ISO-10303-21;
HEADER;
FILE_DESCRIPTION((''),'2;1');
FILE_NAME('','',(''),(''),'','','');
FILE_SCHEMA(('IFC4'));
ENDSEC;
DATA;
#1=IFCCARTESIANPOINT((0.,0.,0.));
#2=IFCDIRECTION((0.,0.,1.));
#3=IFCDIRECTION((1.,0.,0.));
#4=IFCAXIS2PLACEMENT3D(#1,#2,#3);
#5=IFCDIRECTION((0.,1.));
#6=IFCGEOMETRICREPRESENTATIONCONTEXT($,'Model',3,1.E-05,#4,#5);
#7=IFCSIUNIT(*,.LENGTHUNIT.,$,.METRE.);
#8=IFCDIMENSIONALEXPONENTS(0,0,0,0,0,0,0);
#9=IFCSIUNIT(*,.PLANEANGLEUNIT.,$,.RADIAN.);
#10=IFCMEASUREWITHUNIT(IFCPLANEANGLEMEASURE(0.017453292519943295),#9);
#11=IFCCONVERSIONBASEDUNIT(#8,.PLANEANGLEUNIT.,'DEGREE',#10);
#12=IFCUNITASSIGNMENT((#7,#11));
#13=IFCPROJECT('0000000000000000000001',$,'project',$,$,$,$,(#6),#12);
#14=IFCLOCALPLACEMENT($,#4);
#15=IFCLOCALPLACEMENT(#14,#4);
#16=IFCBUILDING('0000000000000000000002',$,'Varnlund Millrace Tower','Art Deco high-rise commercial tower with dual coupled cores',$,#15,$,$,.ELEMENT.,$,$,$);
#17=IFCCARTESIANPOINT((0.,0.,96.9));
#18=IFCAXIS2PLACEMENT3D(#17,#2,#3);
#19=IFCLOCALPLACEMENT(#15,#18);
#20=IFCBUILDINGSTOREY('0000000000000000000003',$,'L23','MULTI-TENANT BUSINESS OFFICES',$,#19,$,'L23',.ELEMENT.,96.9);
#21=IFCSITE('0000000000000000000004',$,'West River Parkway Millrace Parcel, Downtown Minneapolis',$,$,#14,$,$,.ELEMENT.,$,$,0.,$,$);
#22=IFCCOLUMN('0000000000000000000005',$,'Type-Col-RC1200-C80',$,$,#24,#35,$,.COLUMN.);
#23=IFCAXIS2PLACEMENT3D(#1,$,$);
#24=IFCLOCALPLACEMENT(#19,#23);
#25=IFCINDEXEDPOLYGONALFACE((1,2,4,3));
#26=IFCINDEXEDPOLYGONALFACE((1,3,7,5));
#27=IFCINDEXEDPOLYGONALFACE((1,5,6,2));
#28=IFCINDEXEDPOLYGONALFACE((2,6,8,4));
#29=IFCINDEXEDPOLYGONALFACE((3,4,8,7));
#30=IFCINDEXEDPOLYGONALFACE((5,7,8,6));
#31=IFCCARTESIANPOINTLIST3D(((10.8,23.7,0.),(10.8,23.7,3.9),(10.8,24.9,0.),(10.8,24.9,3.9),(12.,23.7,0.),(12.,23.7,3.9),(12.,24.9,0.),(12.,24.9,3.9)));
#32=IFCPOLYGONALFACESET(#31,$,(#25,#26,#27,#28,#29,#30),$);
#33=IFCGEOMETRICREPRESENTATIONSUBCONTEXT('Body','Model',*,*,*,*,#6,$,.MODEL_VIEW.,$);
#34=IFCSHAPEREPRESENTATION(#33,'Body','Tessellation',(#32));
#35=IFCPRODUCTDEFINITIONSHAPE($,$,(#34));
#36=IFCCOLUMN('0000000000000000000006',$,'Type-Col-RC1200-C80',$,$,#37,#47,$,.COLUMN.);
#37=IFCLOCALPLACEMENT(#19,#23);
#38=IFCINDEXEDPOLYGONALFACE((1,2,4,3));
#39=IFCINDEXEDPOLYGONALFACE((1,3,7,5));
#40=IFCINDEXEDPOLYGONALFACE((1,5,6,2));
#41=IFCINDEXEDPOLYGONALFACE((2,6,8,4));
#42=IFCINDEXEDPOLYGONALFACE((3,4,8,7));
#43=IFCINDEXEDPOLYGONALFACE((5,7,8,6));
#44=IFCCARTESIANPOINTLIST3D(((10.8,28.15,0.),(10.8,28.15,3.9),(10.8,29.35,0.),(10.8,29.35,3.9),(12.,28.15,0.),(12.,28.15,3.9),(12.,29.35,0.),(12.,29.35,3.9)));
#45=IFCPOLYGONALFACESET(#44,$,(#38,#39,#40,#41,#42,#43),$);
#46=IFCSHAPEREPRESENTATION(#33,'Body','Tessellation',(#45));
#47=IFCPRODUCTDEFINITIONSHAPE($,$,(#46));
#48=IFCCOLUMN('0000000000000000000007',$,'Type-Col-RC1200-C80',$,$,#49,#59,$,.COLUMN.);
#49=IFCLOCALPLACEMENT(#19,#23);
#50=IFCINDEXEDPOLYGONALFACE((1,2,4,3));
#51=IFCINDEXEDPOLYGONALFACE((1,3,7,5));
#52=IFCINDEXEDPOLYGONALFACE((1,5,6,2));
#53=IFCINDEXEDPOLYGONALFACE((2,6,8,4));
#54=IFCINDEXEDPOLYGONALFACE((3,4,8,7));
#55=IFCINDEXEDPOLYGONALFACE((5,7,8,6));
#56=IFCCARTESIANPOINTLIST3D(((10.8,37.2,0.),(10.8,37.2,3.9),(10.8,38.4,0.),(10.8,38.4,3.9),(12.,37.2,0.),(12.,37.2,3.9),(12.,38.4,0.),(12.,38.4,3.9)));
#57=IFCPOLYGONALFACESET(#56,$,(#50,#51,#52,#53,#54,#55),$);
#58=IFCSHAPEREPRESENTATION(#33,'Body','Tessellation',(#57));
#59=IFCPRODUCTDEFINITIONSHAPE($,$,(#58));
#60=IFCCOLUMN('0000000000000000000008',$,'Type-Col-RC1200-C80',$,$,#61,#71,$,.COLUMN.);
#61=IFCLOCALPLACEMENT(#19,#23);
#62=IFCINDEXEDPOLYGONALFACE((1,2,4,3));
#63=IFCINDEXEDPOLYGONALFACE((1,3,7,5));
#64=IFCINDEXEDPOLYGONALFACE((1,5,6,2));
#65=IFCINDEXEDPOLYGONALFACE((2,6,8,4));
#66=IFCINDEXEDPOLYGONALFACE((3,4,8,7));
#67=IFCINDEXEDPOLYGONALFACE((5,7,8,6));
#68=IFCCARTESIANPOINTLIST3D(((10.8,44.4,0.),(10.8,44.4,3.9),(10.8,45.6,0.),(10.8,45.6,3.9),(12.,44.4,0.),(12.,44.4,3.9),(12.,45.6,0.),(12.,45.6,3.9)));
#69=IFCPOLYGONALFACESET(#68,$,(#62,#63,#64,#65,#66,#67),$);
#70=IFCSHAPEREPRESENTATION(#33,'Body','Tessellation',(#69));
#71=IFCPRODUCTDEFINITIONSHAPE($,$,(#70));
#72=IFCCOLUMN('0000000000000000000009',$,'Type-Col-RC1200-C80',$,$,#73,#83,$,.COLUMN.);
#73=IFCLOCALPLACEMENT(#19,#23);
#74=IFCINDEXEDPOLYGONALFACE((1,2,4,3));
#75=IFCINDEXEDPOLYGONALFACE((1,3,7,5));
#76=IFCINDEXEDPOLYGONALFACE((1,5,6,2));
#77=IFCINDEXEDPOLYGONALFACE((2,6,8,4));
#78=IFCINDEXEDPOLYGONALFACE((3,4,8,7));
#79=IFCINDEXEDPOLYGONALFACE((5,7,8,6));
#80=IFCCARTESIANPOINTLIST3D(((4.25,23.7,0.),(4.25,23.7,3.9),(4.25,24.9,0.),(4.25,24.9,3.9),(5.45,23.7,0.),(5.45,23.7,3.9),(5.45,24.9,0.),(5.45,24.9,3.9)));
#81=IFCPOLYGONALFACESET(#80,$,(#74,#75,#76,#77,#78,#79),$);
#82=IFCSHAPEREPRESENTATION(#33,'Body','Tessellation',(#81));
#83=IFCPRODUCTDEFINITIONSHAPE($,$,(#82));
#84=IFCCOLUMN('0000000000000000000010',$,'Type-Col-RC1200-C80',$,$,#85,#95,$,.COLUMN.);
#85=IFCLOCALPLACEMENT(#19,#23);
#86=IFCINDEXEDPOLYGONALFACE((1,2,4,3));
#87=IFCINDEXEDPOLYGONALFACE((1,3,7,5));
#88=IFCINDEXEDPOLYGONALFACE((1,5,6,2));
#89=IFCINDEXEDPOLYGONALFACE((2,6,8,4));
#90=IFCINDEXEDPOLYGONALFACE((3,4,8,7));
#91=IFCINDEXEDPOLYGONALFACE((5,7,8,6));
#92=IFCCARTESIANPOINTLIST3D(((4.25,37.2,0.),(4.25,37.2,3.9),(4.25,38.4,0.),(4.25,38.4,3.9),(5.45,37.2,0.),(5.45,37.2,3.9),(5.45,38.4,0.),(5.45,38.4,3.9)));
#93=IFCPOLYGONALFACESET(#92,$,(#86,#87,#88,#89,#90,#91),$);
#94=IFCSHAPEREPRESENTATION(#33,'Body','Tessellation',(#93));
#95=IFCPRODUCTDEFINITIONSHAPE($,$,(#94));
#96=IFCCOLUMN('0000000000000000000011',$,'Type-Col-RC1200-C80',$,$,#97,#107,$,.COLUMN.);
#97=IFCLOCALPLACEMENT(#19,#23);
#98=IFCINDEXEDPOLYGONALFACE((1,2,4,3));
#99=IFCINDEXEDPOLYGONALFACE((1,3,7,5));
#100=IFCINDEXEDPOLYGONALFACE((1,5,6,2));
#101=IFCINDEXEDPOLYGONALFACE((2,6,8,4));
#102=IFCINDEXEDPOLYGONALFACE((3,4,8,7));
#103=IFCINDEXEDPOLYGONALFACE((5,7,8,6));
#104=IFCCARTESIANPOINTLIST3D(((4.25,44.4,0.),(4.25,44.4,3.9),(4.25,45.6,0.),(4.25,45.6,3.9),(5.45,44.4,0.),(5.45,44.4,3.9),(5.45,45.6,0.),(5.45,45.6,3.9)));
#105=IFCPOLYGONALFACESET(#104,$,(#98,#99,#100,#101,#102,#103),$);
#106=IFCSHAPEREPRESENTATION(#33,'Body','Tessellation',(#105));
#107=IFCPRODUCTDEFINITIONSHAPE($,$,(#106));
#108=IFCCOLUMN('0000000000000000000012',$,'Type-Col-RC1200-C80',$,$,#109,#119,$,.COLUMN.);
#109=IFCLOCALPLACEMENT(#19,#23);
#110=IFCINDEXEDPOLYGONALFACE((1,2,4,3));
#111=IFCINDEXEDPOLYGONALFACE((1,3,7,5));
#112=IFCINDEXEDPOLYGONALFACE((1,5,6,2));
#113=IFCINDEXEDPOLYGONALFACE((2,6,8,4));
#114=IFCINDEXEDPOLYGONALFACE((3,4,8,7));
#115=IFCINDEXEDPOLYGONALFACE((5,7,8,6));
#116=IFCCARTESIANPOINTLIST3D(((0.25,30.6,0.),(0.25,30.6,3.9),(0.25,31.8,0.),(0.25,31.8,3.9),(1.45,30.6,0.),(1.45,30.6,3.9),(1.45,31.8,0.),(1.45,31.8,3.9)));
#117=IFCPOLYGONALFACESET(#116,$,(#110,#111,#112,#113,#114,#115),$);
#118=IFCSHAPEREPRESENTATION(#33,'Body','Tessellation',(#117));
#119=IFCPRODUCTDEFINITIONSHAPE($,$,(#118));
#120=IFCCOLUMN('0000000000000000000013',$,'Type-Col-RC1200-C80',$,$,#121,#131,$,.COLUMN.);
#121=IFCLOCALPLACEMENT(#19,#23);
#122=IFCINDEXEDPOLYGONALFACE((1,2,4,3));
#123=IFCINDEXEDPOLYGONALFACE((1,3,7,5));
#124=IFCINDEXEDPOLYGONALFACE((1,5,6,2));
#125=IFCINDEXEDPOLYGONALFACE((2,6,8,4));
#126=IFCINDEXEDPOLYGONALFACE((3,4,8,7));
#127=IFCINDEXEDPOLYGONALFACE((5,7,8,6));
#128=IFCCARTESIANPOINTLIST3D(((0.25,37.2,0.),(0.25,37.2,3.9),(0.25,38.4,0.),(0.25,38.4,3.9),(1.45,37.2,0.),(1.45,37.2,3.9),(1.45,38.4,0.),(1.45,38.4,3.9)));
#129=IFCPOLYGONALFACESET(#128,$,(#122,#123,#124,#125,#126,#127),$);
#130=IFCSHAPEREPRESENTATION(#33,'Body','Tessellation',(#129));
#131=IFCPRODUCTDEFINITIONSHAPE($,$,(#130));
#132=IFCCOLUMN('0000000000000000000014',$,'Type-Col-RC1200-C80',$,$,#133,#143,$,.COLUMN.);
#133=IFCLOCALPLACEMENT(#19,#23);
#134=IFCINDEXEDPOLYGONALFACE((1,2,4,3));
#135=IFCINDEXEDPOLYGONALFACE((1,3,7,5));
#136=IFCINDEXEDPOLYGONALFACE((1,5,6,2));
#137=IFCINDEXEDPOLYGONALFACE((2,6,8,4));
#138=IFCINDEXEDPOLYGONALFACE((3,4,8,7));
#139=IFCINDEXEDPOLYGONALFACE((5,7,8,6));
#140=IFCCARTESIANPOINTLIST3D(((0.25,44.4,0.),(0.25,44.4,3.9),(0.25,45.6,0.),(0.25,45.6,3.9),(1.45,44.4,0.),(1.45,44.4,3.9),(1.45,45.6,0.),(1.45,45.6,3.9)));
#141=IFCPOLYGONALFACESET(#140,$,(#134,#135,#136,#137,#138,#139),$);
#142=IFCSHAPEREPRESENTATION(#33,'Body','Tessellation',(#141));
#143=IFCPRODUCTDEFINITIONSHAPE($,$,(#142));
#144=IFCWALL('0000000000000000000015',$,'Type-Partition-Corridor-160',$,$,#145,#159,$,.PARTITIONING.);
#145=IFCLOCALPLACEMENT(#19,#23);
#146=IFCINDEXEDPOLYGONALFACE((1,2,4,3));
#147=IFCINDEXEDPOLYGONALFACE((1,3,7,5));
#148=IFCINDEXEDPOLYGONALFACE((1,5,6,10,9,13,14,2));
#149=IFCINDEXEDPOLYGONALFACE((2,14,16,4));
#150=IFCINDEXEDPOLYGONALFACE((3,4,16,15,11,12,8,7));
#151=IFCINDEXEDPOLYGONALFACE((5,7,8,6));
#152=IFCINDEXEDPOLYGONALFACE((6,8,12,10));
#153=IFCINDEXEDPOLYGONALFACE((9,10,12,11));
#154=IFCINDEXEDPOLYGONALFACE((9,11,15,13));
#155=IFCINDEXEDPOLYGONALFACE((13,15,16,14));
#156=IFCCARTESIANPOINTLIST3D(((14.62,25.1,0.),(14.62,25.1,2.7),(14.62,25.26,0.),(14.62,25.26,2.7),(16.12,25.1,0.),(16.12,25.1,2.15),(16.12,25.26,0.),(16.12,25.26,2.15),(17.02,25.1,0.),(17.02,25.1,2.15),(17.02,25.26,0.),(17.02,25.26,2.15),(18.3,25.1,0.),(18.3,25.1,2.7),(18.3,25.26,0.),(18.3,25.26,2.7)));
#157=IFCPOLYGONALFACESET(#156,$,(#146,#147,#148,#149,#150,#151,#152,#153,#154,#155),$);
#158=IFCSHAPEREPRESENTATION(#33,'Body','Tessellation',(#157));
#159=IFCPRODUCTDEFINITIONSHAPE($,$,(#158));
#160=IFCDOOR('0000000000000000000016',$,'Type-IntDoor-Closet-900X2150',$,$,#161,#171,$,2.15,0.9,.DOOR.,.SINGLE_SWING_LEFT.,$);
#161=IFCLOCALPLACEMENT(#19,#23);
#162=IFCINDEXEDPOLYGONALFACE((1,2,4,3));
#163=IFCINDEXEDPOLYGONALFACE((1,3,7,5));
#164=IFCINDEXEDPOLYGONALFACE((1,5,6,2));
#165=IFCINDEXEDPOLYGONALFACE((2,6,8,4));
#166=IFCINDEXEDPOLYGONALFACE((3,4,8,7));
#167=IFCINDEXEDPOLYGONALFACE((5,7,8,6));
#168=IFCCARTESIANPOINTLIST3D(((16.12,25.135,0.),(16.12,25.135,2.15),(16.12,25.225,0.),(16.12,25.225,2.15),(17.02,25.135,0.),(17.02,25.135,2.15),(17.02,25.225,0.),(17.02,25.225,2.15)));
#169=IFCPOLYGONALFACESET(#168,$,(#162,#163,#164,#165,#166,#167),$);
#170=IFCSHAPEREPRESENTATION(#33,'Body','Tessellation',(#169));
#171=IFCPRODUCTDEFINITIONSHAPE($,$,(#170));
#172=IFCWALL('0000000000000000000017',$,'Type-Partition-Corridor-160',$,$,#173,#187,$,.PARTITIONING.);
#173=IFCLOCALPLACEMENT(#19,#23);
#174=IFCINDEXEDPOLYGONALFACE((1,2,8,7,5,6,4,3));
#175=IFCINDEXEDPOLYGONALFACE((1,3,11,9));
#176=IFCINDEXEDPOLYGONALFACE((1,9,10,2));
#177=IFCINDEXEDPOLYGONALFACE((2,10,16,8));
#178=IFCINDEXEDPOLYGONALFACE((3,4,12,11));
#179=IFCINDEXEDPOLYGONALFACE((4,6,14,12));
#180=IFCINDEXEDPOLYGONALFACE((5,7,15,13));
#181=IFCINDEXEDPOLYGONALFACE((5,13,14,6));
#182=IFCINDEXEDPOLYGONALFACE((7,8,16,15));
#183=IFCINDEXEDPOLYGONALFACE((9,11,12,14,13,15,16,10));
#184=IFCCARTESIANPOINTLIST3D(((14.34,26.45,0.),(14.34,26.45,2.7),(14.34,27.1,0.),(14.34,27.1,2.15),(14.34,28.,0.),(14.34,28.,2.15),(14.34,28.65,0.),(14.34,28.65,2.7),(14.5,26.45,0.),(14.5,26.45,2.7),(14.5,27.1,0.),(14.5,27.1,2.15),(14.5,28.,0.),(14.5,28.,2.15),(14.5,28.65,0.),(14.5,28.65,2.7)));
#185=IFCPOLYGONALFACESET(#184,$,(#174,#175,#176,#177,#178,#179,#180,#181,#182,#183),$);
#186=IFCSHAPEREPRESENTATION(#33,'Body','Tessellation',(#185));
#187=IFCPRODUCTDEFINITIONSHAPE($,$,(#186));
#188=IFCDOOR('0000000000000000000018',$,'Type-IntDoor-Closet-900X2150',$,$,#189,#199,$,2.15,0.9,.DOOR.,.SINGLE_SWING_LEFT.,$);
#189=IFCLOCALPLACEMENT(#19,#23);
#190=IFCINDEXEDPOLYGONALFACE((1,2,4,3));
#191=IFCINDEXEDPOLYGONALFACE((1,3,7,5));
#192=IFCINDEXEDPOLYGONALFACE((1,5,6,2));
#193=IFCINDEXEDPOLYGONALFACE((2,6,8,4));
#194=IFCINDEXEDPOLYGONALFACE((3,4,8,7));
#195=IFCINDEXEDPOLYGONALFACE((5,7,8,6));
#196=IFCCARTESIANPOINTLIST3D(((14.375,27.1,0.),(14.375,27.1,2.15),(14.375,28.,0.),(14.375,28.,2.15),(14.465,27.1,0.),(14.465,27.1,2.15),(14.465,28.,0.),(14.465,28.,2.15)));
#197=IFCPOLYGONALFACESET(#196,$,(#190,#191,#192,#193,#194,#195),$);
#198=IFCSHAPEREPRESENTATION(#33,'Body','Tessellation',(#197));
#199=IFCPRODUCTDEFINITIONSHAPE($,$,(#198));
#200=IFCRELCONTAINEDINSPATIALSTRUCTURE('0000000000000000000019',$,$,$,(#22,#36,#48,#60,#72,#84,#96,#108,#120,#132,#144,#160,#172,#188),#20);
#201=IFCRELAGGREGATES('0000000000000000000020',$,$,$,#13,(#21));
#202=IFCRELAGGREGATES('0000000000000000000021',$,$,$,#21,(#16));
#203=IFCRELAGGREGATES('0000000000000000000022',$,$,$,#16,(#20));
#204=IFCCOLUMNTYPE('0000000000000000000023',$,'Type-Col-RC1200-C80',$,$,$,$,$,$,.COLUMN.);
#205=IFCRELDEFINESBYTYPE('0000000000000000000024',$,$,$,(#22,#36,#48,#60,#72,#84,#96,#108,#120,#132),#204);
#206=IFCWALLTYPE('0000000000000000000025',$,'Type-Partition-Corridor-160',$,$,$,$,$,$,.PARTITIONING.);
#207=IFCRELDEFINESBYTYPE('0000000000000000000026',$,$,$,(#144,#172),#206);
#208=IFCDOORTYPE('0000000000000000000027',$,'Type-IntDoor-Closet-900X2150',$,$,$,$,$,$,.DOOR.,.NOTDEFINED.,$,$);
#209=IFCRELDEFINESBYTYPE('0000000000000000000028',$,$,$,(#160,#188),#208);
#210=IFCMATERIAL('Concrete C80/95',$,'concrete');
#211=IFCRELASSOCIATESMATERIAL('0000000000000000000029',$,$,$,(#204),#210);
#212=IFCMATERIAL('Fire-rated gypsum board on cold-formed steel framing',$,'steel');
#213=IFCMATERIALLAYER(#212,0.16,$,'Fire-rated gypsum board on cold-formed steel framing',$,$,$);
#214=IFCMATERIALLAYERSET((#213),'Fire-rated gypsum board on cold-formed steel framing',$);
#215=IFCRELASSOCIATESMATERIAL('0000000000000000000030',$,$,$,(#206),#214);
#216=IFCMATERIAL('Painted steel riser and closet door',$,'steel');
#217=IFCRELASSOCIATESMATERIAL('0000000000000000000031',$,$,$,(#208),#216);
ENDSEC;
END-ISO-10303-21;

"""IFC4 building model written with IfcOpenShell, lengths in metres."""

from ifc_helpers import new_model, entity, si_unit, converted_unit, direction, frame, origin_with_axes, origin_2d_with_axis, place, context, subcontext, project, spatial, polyline, rectangle, outline, extrude, material, layer, layer_set, material_profile, profile_set, type_object, element, fill, save


model = new_model("IFC4")

# Units and contexts
model_context = context("Model", 3, precision=1e-05, world=origin_with_axes(), true_north=direction((0.0, 1.0)))
body_context = subcontext(model_context, "Body", "Model", "MODEL_VIEW")
ifc_project = project(units=[si_unit("LENGTHUNIT", "METRE"), converted_unit("PLANEANGLEUNIT", "DEGREE", entity("IfcPlaneAngleMeasure", 0.017453292519943295), si_unit("PLANEANGLEUNIT", "RADIAN"), dimensions=[0, 0, 0, 0, 0, 0, 0])], contexts=[model_context])

# Site, building, storey
site_placement = place(None, origin_with_axes())
site = spatial("IfcSite", under=ifc_project, at=site_placement, Name="West River Parkway Millrace Parcel, Downtown Minneapolis", CompositionType="ELEMENT", RefElevation=0.0)
building_placement = place(site_placement, origin_with_axes())
building = spatial("IfcBuilding", under=site, at=building_placement, Name="Varnlund Millrace Tower", Description="Art Deco high-rise commercial tower with dual coupled cores", CompositionType="ELEMENT")
storey_placement = place(building_placement, frame((0.0, 0.0, 96.9), z_axis=(0.0, 0.0, 1.0), x_axis=(1.0, 0.0, 0.0)))
storey = spatial("IfcBuildingStorey", under=building, at=storey_placement, Name="L23", Description="MULTI-TENANT BUSINESS OFFICES", LongName="L23", CompositionType="ELEMENT", Elevation=96.9)

# Columns
ifc_material_1 = material(Name="Concrete C80/95", Category="concrete")
ifc_material_profile = material_profile(ifc_material_1, rectangle(XDim=1.2, YDim=1.2, at=origin_2d_with_axis()), Name="Concrete C80/95")
ifc_profile_set = profile_set([ifc_material_profile], Name="Concrete C80/95")
column_type = type_object("IfcColumnType", Name="Type-Col-RC1200-C80", PredefinedType="COLUMN", material=ifc_profile_set)
for number, where, z_axis, x_axis, name in (
    (1, (11.4, 24.3, 0.0), (0.0, 0.0, 1.0), (1.0, 0.0, 0.0), "Type-Col-RC1200-C80"),
    (2, (11.4, 28.75, 0.0), (0.0, 0.0, 1.0), (1.0, 0.0, 0.0), "Type-Col-RC1200-C80"),
    (3, (11.4, 37.8, 0.0), (0.0, 0.0, 1.0), (1.0, 0.0, 0.0), "Type-Col-RC1200-C80"),
    (4, (11.4, 45.0, 0.0), (0.0, 0.0, 1.0), (1.0, 0.0, 0.0), "Type-Col-RC1200-C80"),
    (5, (4.85, 24.3, 0.0), (0.0, 0.0, 1.0), (1.0, 0.0, 0.0), "Type-Col-RC1200-C80"),
    (6, (4.85, 37.8, 0.0), (0.0, 0.0, 1.0), (1.0, 0.0, 0.0), "Type-Col-RC1200-C80"),
    (7, (4.85, 45.0, 0.0), (0.0, 0.0, 1.0), (1.0, 0.0, 0.0), "Type-Col-RC1200-C80"),
    (8, (0.85, 31.2, 0.0), (0.0, 0.0, 1.0), (1.0, 0.0, 0.0), "Type-Col-RC1200-C80"),
    (9, (0.85, 37.8, 0.0), (0.0, 0.0, 1.0), (1.0, 0.0, 0.0), "Type-Col-RC1200-C80"),
    (10, (0.85, 45.0, 0.0), (0.0, 0.0, 1.0), (1.0, 0.0, 0.0), "Type-Col-RC1200-C80"),
):
    element("IfcColumn", number, at=place(storey_placement, frame(where, z_axis=z_axis, x_axis=x_axis)), inside=storey, type_object=column_type, Name=name, PredefinedType="COLUMN", context=body_context, shape_type="SweptSolid", body=[
        extrude(rectangle(XDim=1.2, YDim=1.2, at=origin_2d_with_axis()), origin_with_axes(), (0.0, 0.0, 1.0), 3.9),
    ])

# Walls, openings, doors
ifc_material_2 = material(Name="Fire-rated gypsum board on cold-formed steel framing", Category="steel")
ifc_layer_1 = layer(ifc_material_2, 0.16, Name="Fire-rated gypsum board on cold-formed steel framing")
ifc_layer_set_1 = layer_set([ifc_layer_1], Name="Fire-rated gypsum board on cold-formed steel framing")
wall_type_1 = type_object("IfcWallType", Name="Type-Partition-Corridor-160", PredefinedType="PARTITIONING", material=ifc_layer_set_1)
wall_1_placement = place(storey_placement, frame((14.62, 25.18, 0.0), z_axis=(0.0, 0.0, 1.0), x_axis=(1.0, 0.0, 0.0)))
wall_1 = element("IfcWall", 11, at=wall_1_placement, inside=storey, type_object=wall_type_1, Name="Type-Partition-Corridor-160", PredefinedType="PARTITIONING", context=body_context, shape_type="SweptSolid", body=[
    extrude(outline(polyline([(0.0, -0.08), (3.68, -0.08), (3.68, 0.08), (0.0, 0.08), (0.0, -0.08)])), origin_with_axes(), (0.0, 0.0, 1.0), 2.7),
])
opening_1_placement = place(wall_1_placement, frame((1.95, 0.0, 0.0), z_axis=(0.0, 0.0, 1.0), x_axis=(1.0, 0.0, 0.0)))
opening_1 = element("IfcOpeningElement", 12, at=opening_1_placement, cuts=wall_1, PredefinedType="OPENING", context=body_context, shape_type="SweptSolid", body=[
    extrude(rectangle(XDim=0.9, YDim=0.18, at=origin_2d_with_axis()), origin_with_axes(), (0.0, 0.0, 1.0), 2.15),
])
ifc_material_3 = material(Name="Painted steel riser and closet door", Category="steel")
door_type_1 = type_object("IfcDoorType", Name="Type-IntDoor-Closet-900X2150", OperationType="NOTDEFINED", PredefinedType="DOOR", material=ifc_material_3)
door_1_placement = place(wall_1_placement, frame((1.95, 0.0, 0.0), z_axis=(0.0, 0.0, 1.0), x_axis=(1.0, 0.0, 0.0)))
door_1 = element("IfcDoor", 13, at=door_1_placement, inside=storey, type_object=door_type_1, Name="Type-IntDoor-Closet-900X2150", OperationType="SINGLE_SWING_LEFT", OverallHeight=2.15, OverallWidth=0.9, PredefinedType="DOOR", context=body_context, shape_type="SweptSolid", body=[
    extrude(rectangle(XDim=0.9, YDim=0.09, at=origin_2d_with_axis()), origin_with_axes(), (0.0, 0.0, 1.0), 2.15),
])
fill(opening_1, door_1)
wall_2_placement = place(storey_placement, frame((14.42, 26.45, 0.0), z_axis=(0.0, 0.0, 1.0), x_axis=(0.0, 1.0, 0.0)))
wall_2 = element("IfcWall", 14, at=wall_2_placement, inside=storey, type_object=wall_type_1, Name="Type-Partition-Corridor-160", PredefinedType="PARTITIONING", context=body_context, shape_type="SweptSolid", body=[
    extrude(outline(polyline([(0.0, -0.08), (2.2, -0.08), (2.2, 0.08), (0.0, 0.08), (0.0, -0.08)])), origin_with_axes(), (0.0, 0.0, 1.0), 2.7),
])
opening_2_placement = place(wall_2_placement, frame((1.1, 0.0, 0.0), z_axis=(0.0, 0.0, 1.0), x_axis=(1.0, 0.0, 0.0)))
opening_2 = element("IfcOpeningElement", 15, at=opening_2_placement, cuts=wall_2, PredefinedType="OPENING", context=body_context, shape_type="SweptSolid", body=[
    extrude(rectangle(XDim=0.9, YDim=0.18, at=origin_2d_with_axis()), origin_with_axes(), (0.0, 0.0, 1.0), 2.15),
])
door_2_placement = place(wall_2_placement, frame((1.1, 0.0, 0.0), z_axis=(0.0, 0.0, 1.0), x_axis=(1.0, 0.0, 0.0)))
door_2 = element("IfcDoor", 16, at=door_2_placement, inside=storey, type_object=door_type_1, Name="Type-IntDoor-Closet-900X2150", OperationType="SINGLE_SWING_LEFT", OverallHeight=2.15, OverallWidth=0.9, PredefinedType="DOOR", context=body_context, shape_type="SweptSolid", body=[
    extrude(rectangle(XDim=0.9, YDim=0.09, at=origin_2d_with_axis()), origin_with_axes(), (0.0, 0.0, 1.0), 2.15),
])
fill(opening_2, door_2)

save(model, "model.ifc")
